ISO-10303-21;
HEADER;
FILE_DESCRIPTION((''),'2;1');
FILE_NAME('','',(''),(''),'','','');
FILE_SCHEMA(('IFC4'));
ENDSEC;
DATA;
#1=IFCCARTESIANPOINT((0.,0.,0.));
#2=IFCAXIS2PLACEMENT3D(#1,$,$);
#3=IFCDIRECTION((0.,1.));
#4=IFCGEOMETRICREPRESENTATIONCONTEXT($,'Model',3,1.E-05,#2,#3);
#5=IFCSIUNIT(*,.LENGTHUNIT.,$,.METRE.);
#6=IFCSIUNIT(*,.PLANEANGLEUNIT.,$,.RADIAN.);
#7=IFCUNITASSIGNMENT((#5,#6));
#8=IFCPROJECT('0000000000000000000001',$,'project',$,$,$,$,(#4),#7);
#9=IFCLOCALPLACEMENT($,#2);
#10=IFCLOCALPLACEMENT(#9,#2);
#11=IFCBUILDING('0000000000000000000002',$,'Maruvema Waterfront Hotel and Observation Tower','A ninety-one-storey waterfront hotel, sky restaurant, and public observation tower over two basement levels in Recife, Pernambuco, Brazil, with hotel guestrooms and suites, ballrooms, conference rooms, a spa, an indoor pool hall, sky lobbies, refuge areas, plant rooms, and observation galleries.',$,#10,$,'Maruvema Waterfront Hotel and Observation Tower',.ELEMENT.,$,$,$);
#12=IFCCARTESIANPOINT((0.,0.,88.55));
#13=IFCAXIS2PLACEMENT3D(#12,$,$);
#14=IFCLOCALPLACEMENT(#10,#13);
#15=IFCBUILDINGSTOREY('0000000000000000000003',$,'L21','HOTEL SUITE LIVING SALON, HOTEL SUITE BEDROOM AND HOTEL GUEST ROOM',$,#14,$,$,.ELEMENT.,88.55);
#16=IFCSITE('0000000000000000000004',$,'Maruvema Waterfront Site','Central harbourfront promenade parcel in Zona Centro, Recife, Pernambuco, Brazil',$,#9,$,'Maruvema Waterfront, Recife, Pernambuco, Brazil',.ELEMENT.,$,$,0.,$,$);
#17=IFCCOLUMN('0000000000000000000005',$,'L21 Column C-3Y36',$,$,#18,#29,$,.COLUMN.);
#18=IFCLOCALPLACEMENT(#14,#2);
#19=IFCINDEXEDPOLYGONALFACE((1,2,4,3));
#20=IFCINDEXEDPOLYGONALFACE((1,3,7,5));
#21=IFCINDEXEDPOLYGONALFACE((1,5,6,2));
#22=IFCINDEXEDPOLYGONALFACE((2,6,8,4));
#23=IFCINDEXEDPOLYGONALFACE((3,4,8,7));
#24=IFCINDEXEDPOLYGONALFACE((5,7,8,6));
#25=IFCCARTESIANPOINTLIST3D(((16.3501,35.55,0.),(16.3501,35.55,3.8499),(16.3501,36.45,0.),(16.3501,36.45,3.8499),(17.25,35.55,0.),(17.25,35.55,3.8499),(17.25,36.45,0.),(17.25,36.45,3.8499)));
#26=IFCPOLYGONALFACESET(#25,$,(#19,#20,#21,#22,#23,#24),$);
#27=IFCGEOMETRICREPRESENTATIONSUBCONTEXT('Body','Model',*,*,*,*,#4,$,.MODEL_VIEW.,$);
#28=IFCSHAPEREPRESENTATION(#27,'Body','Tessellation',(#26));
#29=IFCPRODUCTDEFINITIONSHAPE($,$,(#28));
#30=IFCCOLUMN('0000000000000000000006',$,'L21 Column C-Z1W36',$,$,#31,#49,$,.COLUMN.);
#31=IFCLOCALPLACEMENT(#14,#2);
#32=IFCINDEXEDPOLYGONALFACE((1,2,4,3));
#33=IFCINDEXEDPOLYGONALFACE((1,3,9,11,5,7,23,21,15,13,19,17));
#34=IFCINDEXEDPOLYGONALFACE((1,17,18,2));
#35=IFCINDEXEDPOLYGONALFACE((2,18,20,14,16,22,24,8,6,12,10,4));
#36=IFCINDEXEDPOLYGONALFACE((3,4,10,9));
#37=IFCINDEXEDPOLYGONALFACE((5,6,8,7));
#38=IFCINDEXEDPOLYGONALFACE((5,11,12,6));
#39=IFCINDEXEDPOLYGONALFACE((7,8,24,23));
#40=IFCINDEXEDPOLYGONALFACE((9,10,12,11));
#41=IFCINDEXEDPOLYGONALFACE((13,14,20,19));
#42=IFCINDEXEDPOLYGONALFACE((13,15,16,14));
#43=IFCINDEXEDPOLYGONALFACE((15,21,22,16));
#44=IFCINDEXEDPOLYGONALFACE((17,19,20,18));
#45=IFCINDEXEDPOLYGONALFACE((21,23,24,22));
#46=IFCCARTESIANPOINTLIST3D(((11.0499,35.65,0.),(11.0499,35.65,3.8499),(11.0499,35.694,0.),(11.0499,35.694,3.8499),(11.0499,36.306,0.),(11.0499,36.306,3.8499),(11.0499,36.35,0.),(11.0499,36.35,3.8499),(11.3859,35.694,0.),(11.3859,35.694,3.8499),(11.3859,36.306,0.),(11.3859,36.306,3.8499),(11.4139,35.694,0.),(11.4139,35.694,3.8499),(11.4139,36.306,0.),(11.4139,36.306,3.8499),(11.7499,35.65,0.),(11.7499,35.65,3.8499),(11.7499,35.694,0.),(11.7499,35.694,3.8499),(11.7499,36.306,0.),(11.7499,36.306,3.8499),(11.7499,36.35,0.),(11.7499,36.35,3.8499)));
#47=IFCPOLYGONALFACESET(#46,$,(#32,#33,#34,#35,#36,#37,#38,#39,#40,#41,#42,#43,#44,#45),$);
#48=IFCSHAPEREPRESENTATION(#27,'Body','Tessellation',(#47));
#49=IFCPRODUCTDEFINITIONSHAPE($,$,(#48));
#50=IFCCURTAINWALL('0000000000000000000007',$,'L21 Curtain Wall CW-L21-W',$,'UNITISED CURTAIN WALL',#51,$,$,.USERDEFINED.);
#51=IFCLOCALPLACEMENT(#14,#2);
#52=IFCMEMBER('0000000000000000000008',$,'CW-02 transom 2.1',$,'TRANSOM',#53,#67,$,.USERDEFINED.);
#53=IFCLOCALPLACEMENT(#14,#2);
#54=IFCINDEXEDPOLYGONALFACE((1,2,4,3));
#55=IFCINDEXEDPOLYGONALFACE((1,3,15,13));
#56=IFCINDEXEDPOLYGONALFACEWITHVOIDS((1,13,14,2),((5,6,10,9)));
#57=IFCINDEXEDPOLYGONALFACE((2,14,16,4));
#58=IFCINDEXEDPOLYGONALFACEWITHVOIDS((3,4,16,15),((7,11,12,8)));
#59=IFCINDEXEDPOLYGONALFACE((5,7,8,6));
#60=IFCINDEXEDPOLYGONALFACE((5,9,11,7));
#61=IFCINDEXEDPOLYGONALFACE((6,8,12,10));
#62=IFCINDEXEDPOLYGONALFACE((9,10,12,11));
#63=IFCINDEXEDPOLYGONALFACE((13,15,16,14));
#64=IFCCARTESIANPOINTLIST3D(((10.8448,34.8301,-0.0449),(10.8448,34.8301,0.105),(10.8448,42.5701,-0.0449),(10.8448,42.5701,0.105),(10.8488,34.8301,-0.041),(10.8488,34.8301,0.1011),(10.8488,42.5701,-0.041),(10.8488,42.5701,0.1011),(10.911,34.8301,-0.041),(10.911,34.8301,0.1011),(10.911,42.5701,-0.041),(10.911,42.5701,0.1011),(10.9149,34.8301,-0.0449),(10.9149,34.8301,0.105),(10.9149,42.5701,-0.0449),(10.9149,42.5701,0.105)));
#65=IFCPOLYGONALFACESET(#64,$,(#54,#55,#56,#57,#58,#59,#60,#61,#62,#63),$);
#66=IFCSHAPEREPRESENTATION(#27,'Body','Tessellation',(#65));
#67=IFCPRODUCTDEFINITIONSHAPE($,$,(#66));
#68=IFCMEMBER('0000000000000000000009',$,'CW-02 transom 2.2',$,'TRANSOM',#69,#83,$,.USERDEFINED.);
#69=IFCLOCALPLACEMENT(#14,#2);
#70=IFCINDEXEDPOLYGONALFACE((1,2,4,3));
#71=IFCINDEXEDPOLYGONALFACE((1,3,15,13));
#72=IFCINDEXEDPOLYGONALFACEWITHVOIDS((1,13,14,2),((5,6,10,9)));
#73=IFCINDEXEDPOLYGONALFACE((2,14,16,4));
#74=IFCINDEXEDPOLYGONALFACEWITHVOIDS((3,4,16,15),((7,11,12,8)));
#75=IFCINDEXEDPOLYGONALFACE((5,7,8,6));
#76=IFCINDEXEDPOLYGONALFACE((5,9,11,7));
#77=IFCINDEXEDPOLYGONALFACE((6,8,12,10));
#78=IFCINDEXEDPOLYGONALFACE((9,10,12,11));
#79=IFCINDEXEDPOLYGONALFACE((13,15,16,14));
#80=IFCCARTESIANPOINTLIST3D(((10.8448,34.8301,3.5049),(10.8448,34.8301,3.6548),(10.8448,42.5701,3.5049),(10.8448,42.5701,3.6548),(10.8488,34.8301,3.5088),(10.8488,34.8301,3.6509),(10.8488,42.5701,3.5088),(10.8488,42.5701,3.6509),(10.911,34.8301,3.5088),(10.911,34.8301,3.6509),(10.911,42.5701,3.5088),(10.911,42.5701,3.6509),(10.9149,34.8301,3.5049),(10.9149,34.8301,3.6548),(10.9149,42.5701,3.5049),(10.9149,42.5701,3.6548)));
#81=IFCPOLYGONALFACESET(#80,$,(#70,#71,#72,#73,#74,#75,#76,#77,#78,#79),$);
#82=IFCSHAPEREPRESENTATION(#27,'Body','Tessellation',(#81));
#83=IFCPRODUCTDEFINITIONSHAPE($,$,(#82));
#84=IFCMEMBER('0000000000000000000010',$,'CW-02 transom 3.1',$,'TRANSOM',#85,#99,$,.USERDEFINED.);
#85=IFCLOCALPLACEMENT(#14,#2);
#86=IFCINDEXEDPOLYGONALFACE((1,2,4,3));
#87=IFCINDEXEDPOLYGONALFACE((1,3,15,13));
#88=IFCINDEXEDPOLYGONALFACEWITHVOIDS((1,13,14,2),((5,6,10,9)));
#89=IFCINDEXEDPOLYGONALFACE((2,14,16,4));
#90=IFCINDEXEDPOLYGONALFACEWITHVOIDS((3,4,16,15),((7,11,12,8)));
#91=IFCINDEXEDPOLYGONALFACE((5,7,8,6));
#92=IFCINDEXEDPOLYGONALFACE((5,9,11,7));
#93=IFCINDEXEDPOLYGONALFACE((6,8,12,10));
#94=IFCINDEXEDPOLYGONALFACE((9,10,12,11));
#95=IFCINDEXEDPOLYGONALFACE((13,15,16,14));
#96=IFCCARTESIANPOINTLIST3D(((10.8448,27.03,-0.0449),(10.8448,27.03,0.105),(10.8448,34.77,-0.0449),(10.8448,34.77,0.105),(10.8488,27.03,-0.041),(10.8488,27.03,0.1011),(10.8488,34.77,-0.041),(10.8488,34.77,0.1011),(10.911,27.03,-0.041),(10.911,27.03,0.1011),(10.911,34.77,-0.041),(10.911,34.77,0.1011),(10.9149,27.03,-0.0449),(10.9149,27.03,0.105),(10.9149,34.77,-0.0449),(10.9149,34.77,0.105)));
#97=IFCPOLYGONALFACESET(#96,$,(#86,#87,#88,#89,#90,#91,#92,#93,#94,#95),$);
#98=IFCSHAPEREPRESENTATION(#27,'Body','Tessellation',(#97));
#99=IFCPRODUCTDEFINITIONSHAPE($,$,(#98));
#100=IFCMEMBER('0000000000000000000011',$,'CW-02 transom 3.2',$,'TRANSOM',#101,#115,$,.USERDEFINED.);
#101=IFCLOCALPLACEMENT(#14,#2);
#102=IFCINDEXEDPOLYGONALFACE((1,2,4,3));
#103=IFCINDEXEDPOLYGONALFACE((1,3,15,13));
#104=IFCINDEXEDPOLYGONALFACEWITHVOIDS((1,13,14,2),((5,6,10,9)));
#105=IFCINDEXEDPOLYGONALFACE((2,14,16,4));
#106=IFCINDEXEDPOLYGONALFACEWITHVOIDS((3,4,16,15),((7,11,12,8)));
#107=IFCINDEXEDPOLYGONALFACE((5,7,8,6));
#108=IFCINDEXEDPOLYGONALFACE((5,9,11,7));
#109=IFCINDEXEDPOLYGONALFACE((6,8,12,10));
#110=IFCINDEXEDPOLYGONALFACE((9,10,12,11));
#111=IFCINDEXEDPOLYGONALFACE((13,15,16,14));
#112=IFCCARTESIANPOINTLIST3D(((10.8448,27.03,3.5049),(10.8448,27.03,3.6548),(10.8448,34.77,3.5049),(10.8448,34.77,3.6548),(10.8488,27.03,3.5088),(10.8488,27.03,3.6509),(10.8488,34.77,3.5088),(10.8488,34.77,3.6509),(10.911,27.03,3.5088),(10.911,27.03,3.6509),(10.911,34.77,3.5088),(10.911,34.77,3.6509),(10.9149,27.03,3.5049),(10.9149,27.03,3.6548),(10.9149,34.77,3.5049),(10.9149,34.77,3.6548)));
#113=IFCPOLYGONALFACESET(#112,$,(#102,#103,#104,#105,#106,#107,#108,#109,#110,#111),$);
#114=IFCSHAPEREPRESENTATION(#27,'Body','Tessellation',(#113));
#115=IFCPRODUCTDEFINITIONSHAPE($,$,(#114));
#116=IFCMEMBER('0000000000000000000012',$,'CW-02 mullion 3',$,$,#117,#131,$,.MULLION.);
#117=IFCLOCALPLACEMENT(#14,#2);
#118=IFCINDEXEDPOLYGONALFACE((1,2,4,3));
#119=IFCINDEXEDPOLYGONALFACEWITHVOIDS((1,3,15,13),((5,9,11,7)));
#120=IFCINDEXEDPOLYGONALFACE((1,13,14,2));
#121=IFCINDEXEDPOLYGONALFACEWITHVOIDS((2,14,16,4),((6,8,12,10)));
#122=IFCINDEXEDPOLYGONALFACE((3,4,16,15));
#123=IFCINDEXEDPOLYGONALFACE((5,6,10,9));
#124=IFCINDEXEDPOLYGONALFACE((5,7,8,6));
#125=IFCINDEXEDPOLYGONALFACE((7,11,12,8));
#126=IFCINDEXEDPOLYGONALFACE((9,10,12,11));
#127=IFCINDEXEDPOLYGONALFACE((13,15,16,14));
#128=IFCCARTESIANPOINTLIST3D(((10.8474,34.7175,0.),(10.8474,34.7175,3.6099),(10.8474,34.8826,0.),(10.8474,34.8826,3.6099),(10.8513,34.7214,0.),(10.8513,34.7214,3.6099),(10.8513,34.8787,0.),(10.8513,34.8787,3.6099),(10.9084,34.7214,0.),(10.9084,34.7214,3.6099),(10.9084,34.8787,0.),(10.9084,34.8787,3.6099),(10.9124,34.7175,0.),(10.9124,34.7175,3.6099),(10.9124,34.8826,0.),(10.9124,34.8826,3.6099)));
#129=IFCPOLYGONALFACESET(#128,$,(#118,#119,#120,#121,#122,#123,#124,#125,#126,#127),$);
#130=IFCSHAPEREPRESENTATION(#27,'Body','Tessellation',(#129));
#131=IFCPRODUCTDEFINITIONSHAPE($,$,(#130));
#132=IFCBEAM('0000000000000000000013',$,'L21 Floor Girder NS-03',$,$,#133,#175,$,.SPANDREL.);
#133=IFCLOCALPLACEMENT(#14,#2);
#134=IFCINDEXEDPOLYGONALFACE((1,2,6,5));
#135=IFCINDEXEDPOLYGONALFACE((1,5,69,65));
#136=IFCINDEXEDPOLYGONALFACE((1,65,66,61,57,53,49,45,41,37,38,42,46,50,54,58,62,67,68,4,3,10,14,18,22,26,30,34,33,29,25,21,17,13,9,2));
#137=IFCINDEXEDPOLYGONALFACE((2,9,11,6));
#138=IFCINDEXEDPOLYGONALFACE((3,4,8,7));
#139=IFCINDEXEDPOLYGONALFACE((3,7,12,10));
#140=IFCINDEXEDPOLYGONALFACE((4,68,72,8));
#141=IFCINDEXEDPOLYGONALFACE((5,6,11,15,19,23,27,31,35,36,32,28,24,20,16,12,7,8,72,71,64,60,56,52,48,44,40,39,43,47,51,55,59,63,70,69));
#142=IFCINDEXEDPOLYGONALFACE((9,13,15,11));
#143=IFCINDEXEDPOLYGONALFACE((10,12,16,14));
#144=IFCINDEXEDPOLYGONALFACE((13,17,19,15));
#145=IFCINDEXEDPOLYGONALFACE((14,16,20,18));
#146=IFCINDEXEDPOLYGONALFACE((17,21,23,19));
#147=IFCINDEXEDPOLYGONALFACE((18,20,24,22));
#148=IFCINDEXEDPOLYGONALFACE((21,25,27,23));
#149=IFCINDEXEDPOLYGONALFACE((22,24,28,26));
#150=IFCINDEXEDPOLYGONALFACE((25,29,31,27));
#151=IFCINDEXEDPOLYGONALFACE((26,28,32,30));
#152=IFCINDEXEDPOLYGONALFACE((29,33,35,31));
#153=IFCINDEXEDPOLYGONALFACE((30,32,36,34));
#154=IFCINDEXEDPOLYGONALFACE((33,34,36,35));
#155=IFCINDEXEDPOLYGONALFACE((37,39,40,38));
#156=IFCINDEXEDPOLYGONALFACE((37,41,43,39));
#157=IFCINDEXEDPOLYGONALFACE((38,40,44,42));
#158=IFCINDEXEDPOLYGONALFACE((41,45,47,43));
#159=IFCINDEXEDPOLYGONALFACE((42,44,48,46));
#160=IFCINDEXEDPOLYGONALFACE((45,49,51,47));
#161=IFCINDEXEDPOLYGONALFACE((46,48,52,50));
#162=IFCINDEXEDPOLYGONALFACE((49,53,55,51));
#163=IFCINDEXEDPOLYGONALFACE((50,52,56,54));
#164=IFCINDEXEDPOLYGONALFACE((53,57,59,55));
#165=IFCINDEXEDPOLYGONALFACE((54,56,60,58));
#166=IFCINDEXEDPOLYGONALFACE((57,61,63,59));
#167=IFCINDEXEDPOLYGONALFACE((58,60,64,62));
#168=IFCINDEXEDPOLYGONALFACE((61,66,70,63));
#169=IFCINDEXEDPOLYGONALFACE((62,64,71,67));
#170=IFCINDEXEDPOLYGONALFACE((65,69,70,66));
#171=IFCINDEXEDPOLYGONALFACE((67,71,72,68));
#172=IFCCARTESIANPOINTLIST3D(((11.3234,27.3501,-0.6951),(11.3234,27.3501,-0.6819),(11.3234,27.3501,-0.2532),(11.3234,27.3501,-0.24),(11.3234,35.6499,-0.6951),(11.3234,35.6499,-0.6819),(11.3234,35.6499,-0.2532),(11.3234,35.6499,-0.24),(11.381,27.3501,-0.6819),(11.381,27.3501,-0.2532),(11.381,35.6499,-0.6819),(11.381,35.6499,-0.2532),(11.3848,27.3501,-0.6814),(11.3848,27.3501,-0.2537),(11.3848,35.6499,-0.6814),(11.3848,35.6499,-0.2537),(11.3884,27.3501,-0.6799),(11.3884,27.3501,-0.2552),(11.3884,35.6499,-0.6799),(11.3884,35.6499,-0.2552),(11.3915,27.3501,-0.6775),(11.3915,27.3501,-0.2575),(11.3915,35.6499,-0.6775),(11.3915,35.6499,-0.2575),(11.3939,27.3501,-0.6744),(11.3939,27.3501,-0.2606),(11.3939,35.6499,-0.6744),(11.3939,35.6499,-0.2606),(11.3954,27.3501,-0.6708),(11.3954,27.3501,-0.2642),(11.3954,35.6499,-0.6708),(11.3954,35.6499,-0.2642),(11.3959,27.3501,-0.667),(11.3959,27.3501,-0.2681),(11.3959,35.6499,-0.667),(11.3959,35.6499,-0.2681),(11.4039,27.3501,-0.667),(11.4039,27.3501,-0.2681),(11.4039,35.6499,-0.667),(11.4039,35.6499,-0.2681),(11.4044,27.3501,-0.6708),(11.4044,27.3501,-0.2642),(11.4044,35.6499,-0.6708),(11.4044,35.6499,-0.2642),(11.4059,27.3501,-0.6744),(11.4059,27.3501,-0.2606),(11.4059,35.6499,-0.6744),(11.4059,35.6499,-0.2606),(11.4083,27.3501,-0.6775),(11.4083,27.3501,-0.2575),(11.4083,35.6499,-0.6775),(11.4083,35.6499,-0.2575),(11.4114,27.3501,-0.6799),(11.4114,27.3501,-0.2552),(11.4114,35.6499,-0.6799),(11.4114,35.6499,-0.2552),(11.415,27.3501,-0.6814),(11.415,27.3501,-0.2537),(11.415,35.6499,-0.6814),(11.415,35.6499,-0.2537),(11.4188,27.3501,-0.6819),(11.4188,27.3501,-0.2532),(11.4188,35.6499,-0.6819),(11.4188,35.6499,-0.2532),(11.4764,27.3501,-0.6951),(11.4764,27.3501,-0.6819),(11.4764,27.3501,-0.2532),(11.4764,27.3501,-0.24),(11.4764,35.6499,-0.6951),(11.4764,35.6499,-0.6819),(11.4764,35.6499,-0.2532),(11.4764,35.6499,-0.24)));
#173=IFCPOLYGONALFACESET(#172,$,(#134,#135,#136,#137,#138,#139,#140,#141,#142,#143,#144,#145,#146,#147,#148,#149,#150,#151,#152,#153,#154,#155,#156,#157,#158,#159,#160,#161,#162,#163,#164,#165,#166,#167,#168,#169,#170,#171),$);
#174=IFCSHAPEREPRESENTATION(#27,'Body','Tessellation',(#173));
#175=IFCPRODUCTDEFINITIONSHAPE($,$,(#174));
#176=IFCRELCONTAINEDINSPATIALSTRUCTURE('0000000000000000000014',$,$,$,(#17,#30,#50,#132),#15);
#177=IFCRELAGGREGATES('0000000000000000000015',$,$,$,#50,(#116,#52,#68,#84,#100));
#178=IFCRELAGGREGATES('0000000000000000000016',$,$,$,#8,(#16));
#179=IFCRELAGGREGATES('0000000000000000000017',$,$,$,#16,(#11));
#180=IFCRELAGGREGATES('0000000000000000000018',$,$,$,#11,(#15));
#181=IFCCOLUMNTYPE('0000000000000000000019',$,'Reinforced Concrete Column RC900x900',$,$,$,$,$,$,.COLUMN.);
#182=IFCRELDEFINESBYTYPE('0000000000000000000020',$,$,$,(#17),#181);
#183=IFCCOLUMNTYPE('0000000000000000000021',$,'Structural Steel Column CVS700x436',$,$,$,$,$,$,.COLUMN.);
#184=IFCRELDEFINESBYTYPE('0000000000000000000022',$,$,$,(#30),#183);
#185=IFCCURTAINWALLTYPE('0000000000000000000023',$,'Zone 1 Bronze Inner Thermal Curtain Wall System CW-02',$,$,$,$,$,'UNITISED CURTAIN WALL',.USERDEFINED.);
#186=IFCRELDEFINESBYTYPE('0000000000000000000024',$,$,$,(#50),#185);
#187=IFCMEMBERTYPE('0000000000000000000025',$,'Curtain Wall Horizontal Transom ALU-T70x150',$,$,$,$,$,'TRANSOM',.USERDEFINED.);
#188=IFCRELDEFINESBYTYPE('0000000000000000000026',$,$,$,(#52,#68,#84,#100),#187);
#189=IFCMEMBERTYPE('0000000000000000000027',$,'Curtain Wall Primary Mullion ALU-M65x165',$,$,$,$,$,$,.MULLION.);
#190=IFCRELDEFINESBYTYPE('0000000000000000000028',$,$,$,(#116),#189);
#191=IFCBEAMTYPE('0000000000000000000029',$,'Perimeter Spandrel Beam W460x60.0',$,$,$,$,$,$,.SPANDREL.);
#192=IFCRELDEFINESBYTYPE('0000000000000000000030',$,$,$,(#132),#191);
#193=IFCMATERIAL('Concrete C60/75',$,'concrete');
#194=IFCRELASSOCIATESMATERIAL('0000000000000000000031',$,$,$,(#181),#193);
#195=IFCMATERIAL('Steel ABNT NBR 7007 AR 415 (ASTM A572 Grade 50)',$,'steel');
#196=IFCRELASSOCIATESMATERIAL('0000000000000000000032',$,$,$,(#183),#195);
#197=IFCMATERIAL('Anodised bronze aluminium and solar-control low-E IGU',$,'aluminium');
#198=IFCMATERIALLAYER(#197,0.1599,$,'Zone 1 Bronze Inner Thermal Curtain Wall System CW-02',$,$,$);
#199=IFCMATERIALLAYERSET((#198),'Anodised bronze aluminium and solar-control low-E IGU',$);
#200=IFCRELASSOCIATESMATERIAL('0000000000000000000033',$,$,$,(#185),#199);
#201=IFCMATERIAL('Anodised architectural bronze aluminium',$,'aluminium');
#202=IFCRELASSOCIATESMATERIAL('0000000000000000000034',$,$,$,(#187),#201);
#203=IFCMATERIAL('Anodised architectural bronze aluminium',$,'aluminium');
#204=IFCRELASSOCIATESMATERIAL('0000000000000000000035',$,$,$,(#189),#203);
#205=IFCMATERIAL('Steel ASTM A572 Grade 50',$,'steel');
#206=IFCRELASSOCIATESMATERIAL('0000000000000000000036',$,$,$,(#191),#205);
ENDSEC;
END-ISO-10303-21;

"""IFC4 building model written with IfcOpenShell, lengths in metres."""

from ifc_helpers import new_model, si_unit, direction, frame, origin, origin_2d, place, context, subcontext, project, spatial, rectangle, hollow_rectangle, i_section, extrude, material, layer, layer_set, material_profile, profile_set, type_object, element, aggregate, save


model = new_model("IFC4")

# Units and contexts
model_context = context("Model", 3, precision=1e-05, world=origin(), true_north=direction((0.0, 1.0)))
body_context = subcontext(model_context, "Body", "Model", "MODEL_VIEW")
ifc_project = project(units=[si_unit("LENGTHUNIT", "METRE"), si_unit("PLANEANGLEUNIT", "RADIAN")], contexts=[model_context])

# Site, building, storey
site_placement = place(None, origin())
site = spatial("IfcSite", under=ifc_project, at=site_placement, Name="Maruvema Waterfront Site", Description="Central harbourfront promenade parcel in Zona Centro, Recife, Pernambuco, Brazil", LongName="Maruvema Waterfront, Recife, Pernambuco, Brazil", CompositionType="ELEMENT", RefElevation=0.0)
building_placement = place(site_placement, origin())
building = spatial("IfcBuilding", under=site, at=building_placement, Name="Maruvema Waterfront Hotel and Observation Tower", Description="A ninety-one-storey waterfront hotel, sky restaurant, and public observation tower over two basement levels in Recife, Pernambuco, Brazil, with hotel guestrooms and suites, ballrooms, conference rooms, a spa, an indoor pool hall, sky lobbies, refuge areas, plant rooms, and observation galleries.", LongName="Maruvema Waterfront Hotel and Observation Tower", CompositionType="ELEMENT")
storey_placement = place(building_placement, frame((0.0, 0.0, 88.55)))
storey = spatial("IfcBuildingStorey", under=building, at=storey_placement, Name="L21", Description="HOTEL SUITE LIVING SALON, HOTEL SUITE BEDROOM AND HOTEL GUEST ROOM", CompositionType="ELEMENT", Elevation=88.55)

# Columns
ifc_material_1 = material(Name="Concrete C60/75", Category="concrete")
ifc_material_profile_1 = material_profile(ifc_material_1, rectangle(XDim=0.8999, YDim=0.8999, at=origin_2d()), Name="RC900x900")
ifc_profile_set_1 = profile_set([ifc_material_profile_1], Name="Concrete C60/75")
column_type_1 = type_object("IfcColumnType", Name="Reinforced Concrete Column RC900x900", PredefinedType="COLUMN", material=ifc_profile_set_1)
column_1_placement = place(storey_placement, frame((16.8, 36.0, 0.0), z_axis=(0.0, 0.0, 1.0), x_axis=(1.0, 0.0, 0.0)))
element("IfcColumn", 1, at=column_1_placement, inside=storey, type_object=column_type_1, Name="L21 Column C-3Y36", PredefinedType="COLUMN", context=body_context, shape_type="SweptSolid", body=[
    extrude(rectangle(XDim=0.8999, YDim=0.8999, at=origin_2d()), origin(), (0.0, 0.0, 1.0), 3.8499),
])
ifc_material_2 = material(Name="Steel ABNT NBR 7007 AR 415 (ASTM A572 Grade 50)", Category="steel")
ifc_material_profile_2 = material_profile(ifc_material_2, i_section(OverallWidth=0.7, OverallDepth=0.7, WebThickness=0.0281, FlangeThickness=0.0439, at=origin_2d()), Name="CVS700x436")
ifc_profile_set_2 = profile_set([ifc_material_profile_2], Name="Steel ABNT NBR 7007 AR 415 (ASTM A572 Grade 50)")
column_type_2 = type_object("IfcColumnType", Name="Structural Steel Column CVS700x436", PredefinedType="COLUMN", material=ifc_profile_set_2)
column_2_placement = place(storey_placement, frame((11.3999, 36.0, 0.0), z_axis=(0.0, 0.0, 1.0), x_axis=(1.0, 0.0, 0.0)))
element("IfcColumn", 2, at=column_2_placement, inside=storey, type_object=column_type_2, Name="L21 Column C-Z1W36", PredefinedType="COLUMN", context=body_context, shape_type="SweptSolid", body=[
    extrude(i_section(OverallWidth=0.7, OverallDepth=0.7, WebThickness=0.0281, FlangeThickness=0.0439, at=origin_2d()), origin(), (0.0, 0.0, 1.0), 3.8499),
])

# Curtain wall, members
ifc_material_3 = material(Name="Anodised bronze aluminium and solar-control low-E IGU", Category="aluminium")
ifc_layer_1 = layer(ifc_material_3, 0.1599, Name="Zone 1 Bronze Inner Thermal Curtain Wall System CW-02")
ifc_layer_set_1 = layer_set([ifc_layer_1], Name="Anodised bronze aluminium and solar-control low-E IGU")
curtain_wall_type = type_object("IfcCurtainWallType", Name="Zone 1 Bronze Inner Thermal Curtain Wall System CW-02", ElementType="UNITISED CURTAIN WALL", PredefinedType="USERDEFINED", material=ifc_layer_set_1)
curtain_wall_placement = place(storey_placement, origin())
curtain_wall = element("IfcCurtainWall", 3, at=curtain_wall_placement, inside=storey, type_object=curtain_wall_type, Name="L21 Curtain Wall CW-L21-W", ObjectType="UNITISED CURTAIN WALL", PredefinedType="USERDEFINED")
ifc_material_4 = material(Name="Anodised architectural bronze aluminium", Category="aluminium")
ifc_material_profile_3 = material_profile(ifc_material_4, hollow_rectangle(XDim=0.0701, YDim=0.1499, WallThickness=0.0039, at=origin_2d()), Name="ALU-T70x150")
ifc_profile_set_3 = profile_set([ifc_material_profile_3], Name="Anodised architectural bronze aluminium")
member_type_1 = type_object("IfcMemberType", Name="Curtain Wall Horizontal Transom ALU-T70x150", ElementType="TRANSOM", PredefinedType="USERDEFINED", material=ifc_profile_set_3)
member_1_placement = place(storey_placement, frame((10.8799, 42.5701, 0.03), z_axis=(0.0, -1.0, 0.0), x_axis=(1.0, 0.0, 0.0)))
member_1 = element("IfcMember", 4, at=member_1_placement, type_object=member_type_1, Name="CW-02 transom 2.1", ObjectType="TRANSOM", PredefinedType="USERDEFINED", context=body_context, shape_type="SweptSolid", body=[
    extrude(hollow_rectangle(XDim=0.0701, YDim=0.1499, WallThickness=0.0039, at=origin_2d()), origin(), (0.0, 0.0, 1.0), 7.74),
])
member_2_placement = place(storey_placement, frame((10.8799, 42.5701, 3.5798), z_axis=(0.0, -1.0, 0.0), x_axis=(1.0, 0.0, 0.0)))
member_2 = element("IfcMember", 5, at=member_2_placement, type_object=member_type_1, Name="CW-02 transom 2.2", ObjectType="TRANSOM", PredefinedType="USERDEFINED", context=body_context, shape_type="SweptSolid", body=[
    extrude(hollow_rectangle(XDim=0.0701, YDim=0.1499, WallThickness=0.0039, at=origin_2d()), origin(), (0.0, 0.0, 1.0), 7.74),
])
member_3_placement = place(storey_placement, frame((10.8799, 34.77, 0.03), z_axis=(0.0, -1.0, 0.0), x_axis=(1.0, 0.0, 0.0)))
member_3 = element("IfcMember", 6, at=member_3_placement, type_object=member_type_1, Name="CW-02 transom 3.1", ObjectType="TRANSOM", PredefinedType="USERDEFINED", context=body_context, shape_type="SweptSolid", body=[
    extrude(hollow_rectangle(XDim=0.0701, YDim=0.1499, WallThickness=0.0039, at=origin_2d()), origin(), (0.0, 0.0, 1.0), 7.74),
])
member_4_placement = place(storey_placement, frame((10.8799, 34.77, 3.5798), z_axis=(0.0, -1.0, 0.0), x_axis=(1.0, 0.0, 0.0)))
member_4 = element("IfcMember", 7, at=member_4_placement, type_object=member_type_1, Name="CW-02 transom 3.2", ObjectType="TRANSOM", PredefinedType="USERDEFINED", context=body_context, shape_type="SweptSolid", body=[
    extrude(hollow_rectangle(XDim=0.0701, YDim=0.1499, WallThickness=0.0039, at=origin_2d()), origin(), (0.0, 0.0, 1.0), 7.74),
])
ifc_material_5 = material(Name="Anodised architectural bronze aluminium", Category="aluminium")
ifc_material_profile_4 = material_profile(ifc_material_5, hollow_rectangle(XDim=0.0649, YDim=0.165, WallThickness=0.0039, at=origin_2d()), Name="ALU-M65x165")
ifc_profile_set_4 = profile_set([ifc_material_profile_4], Name="Anodised architectural bronze aluminium")
member_type_2 = type_object("IfcMemberType", Name="Curtain Wall Primary Mullion ALU-M65x165", PredefinedType="MULLION", material=ifc_profile_set_4)
member_5_placement = place(storey_placement, frame((10.8799, 34.8, 0.0), z_axis=(0.0, 0.0, 1.0), x_axis=(1.0, 0.0, 0.0)))
member_5 = element("IfcMember", 8, at=member_5_placement, type_object=member_type_2, Name="CW-02 mullion 3", PredefinedType="MULLION", context=body_context, shape_type="SweptSolid", body=[
    extrude(hollow_rectangle(XDim=0.0649, YDim=0.165, WallThickness=0.0039, at=origin_2d()), origin(), (0.0, 0.0, 1.0), 3.6099),
])

# Beam
ifc_material_6 = material(Name="Steel ASTM A572 Grade 50", Category="steel")
ifc_material_profile_5 = material_profile(ifc_material_6, i_section(OverallWidth=0.1531, OverallDepth=0.4551, WebThickness=0.0081, FlangeThickness=0.0132, FilletRadius=0.0149, at=origin_2d()), Name="W460x60.0")
ifc_profile_set_5 = profile_set([ifc_material_profile_5], Name="Steel ASTM A572 Grade 50")
beam_type_1 = type_object("IfcBeamType", Name="Perimeter Spandrel Beam W460x60.0", PredefinedType="SPANDREL", material=ifc_profile_set_5)
for number, where, z_axis, x_axis, name in (
    (9, (11.3999, 27.3501, -0.4675), (0.0, 1.0, 0.0), (-1.0, 0.0, 0.0), "L21 Floor Girder NS-03"),
):
    element("IfcBeam", number, at=place(storey_placement, frame(where, z_axis=z_axis, x_axis=x_axis)), inside=storey, type_object=beam_type_1, Name=name, PredefinedType="SPANDREL", context=body_context, shape_type="SweptSolid", body=[
        extrude(i_section(OverallWidth=0.1531, OverallDepth=0.4551, WebThickness=0.0081, FlangeThickness=0.0132, FilletRadius=0.0149, at=origin_2d()), origin(), (0.0, 0.0, 1.0), 8.2998),
    ])

aggregate(curtain_wall, [member_5, member_1, member_2, member_3, member_4])

save(model, "model.ifc")
